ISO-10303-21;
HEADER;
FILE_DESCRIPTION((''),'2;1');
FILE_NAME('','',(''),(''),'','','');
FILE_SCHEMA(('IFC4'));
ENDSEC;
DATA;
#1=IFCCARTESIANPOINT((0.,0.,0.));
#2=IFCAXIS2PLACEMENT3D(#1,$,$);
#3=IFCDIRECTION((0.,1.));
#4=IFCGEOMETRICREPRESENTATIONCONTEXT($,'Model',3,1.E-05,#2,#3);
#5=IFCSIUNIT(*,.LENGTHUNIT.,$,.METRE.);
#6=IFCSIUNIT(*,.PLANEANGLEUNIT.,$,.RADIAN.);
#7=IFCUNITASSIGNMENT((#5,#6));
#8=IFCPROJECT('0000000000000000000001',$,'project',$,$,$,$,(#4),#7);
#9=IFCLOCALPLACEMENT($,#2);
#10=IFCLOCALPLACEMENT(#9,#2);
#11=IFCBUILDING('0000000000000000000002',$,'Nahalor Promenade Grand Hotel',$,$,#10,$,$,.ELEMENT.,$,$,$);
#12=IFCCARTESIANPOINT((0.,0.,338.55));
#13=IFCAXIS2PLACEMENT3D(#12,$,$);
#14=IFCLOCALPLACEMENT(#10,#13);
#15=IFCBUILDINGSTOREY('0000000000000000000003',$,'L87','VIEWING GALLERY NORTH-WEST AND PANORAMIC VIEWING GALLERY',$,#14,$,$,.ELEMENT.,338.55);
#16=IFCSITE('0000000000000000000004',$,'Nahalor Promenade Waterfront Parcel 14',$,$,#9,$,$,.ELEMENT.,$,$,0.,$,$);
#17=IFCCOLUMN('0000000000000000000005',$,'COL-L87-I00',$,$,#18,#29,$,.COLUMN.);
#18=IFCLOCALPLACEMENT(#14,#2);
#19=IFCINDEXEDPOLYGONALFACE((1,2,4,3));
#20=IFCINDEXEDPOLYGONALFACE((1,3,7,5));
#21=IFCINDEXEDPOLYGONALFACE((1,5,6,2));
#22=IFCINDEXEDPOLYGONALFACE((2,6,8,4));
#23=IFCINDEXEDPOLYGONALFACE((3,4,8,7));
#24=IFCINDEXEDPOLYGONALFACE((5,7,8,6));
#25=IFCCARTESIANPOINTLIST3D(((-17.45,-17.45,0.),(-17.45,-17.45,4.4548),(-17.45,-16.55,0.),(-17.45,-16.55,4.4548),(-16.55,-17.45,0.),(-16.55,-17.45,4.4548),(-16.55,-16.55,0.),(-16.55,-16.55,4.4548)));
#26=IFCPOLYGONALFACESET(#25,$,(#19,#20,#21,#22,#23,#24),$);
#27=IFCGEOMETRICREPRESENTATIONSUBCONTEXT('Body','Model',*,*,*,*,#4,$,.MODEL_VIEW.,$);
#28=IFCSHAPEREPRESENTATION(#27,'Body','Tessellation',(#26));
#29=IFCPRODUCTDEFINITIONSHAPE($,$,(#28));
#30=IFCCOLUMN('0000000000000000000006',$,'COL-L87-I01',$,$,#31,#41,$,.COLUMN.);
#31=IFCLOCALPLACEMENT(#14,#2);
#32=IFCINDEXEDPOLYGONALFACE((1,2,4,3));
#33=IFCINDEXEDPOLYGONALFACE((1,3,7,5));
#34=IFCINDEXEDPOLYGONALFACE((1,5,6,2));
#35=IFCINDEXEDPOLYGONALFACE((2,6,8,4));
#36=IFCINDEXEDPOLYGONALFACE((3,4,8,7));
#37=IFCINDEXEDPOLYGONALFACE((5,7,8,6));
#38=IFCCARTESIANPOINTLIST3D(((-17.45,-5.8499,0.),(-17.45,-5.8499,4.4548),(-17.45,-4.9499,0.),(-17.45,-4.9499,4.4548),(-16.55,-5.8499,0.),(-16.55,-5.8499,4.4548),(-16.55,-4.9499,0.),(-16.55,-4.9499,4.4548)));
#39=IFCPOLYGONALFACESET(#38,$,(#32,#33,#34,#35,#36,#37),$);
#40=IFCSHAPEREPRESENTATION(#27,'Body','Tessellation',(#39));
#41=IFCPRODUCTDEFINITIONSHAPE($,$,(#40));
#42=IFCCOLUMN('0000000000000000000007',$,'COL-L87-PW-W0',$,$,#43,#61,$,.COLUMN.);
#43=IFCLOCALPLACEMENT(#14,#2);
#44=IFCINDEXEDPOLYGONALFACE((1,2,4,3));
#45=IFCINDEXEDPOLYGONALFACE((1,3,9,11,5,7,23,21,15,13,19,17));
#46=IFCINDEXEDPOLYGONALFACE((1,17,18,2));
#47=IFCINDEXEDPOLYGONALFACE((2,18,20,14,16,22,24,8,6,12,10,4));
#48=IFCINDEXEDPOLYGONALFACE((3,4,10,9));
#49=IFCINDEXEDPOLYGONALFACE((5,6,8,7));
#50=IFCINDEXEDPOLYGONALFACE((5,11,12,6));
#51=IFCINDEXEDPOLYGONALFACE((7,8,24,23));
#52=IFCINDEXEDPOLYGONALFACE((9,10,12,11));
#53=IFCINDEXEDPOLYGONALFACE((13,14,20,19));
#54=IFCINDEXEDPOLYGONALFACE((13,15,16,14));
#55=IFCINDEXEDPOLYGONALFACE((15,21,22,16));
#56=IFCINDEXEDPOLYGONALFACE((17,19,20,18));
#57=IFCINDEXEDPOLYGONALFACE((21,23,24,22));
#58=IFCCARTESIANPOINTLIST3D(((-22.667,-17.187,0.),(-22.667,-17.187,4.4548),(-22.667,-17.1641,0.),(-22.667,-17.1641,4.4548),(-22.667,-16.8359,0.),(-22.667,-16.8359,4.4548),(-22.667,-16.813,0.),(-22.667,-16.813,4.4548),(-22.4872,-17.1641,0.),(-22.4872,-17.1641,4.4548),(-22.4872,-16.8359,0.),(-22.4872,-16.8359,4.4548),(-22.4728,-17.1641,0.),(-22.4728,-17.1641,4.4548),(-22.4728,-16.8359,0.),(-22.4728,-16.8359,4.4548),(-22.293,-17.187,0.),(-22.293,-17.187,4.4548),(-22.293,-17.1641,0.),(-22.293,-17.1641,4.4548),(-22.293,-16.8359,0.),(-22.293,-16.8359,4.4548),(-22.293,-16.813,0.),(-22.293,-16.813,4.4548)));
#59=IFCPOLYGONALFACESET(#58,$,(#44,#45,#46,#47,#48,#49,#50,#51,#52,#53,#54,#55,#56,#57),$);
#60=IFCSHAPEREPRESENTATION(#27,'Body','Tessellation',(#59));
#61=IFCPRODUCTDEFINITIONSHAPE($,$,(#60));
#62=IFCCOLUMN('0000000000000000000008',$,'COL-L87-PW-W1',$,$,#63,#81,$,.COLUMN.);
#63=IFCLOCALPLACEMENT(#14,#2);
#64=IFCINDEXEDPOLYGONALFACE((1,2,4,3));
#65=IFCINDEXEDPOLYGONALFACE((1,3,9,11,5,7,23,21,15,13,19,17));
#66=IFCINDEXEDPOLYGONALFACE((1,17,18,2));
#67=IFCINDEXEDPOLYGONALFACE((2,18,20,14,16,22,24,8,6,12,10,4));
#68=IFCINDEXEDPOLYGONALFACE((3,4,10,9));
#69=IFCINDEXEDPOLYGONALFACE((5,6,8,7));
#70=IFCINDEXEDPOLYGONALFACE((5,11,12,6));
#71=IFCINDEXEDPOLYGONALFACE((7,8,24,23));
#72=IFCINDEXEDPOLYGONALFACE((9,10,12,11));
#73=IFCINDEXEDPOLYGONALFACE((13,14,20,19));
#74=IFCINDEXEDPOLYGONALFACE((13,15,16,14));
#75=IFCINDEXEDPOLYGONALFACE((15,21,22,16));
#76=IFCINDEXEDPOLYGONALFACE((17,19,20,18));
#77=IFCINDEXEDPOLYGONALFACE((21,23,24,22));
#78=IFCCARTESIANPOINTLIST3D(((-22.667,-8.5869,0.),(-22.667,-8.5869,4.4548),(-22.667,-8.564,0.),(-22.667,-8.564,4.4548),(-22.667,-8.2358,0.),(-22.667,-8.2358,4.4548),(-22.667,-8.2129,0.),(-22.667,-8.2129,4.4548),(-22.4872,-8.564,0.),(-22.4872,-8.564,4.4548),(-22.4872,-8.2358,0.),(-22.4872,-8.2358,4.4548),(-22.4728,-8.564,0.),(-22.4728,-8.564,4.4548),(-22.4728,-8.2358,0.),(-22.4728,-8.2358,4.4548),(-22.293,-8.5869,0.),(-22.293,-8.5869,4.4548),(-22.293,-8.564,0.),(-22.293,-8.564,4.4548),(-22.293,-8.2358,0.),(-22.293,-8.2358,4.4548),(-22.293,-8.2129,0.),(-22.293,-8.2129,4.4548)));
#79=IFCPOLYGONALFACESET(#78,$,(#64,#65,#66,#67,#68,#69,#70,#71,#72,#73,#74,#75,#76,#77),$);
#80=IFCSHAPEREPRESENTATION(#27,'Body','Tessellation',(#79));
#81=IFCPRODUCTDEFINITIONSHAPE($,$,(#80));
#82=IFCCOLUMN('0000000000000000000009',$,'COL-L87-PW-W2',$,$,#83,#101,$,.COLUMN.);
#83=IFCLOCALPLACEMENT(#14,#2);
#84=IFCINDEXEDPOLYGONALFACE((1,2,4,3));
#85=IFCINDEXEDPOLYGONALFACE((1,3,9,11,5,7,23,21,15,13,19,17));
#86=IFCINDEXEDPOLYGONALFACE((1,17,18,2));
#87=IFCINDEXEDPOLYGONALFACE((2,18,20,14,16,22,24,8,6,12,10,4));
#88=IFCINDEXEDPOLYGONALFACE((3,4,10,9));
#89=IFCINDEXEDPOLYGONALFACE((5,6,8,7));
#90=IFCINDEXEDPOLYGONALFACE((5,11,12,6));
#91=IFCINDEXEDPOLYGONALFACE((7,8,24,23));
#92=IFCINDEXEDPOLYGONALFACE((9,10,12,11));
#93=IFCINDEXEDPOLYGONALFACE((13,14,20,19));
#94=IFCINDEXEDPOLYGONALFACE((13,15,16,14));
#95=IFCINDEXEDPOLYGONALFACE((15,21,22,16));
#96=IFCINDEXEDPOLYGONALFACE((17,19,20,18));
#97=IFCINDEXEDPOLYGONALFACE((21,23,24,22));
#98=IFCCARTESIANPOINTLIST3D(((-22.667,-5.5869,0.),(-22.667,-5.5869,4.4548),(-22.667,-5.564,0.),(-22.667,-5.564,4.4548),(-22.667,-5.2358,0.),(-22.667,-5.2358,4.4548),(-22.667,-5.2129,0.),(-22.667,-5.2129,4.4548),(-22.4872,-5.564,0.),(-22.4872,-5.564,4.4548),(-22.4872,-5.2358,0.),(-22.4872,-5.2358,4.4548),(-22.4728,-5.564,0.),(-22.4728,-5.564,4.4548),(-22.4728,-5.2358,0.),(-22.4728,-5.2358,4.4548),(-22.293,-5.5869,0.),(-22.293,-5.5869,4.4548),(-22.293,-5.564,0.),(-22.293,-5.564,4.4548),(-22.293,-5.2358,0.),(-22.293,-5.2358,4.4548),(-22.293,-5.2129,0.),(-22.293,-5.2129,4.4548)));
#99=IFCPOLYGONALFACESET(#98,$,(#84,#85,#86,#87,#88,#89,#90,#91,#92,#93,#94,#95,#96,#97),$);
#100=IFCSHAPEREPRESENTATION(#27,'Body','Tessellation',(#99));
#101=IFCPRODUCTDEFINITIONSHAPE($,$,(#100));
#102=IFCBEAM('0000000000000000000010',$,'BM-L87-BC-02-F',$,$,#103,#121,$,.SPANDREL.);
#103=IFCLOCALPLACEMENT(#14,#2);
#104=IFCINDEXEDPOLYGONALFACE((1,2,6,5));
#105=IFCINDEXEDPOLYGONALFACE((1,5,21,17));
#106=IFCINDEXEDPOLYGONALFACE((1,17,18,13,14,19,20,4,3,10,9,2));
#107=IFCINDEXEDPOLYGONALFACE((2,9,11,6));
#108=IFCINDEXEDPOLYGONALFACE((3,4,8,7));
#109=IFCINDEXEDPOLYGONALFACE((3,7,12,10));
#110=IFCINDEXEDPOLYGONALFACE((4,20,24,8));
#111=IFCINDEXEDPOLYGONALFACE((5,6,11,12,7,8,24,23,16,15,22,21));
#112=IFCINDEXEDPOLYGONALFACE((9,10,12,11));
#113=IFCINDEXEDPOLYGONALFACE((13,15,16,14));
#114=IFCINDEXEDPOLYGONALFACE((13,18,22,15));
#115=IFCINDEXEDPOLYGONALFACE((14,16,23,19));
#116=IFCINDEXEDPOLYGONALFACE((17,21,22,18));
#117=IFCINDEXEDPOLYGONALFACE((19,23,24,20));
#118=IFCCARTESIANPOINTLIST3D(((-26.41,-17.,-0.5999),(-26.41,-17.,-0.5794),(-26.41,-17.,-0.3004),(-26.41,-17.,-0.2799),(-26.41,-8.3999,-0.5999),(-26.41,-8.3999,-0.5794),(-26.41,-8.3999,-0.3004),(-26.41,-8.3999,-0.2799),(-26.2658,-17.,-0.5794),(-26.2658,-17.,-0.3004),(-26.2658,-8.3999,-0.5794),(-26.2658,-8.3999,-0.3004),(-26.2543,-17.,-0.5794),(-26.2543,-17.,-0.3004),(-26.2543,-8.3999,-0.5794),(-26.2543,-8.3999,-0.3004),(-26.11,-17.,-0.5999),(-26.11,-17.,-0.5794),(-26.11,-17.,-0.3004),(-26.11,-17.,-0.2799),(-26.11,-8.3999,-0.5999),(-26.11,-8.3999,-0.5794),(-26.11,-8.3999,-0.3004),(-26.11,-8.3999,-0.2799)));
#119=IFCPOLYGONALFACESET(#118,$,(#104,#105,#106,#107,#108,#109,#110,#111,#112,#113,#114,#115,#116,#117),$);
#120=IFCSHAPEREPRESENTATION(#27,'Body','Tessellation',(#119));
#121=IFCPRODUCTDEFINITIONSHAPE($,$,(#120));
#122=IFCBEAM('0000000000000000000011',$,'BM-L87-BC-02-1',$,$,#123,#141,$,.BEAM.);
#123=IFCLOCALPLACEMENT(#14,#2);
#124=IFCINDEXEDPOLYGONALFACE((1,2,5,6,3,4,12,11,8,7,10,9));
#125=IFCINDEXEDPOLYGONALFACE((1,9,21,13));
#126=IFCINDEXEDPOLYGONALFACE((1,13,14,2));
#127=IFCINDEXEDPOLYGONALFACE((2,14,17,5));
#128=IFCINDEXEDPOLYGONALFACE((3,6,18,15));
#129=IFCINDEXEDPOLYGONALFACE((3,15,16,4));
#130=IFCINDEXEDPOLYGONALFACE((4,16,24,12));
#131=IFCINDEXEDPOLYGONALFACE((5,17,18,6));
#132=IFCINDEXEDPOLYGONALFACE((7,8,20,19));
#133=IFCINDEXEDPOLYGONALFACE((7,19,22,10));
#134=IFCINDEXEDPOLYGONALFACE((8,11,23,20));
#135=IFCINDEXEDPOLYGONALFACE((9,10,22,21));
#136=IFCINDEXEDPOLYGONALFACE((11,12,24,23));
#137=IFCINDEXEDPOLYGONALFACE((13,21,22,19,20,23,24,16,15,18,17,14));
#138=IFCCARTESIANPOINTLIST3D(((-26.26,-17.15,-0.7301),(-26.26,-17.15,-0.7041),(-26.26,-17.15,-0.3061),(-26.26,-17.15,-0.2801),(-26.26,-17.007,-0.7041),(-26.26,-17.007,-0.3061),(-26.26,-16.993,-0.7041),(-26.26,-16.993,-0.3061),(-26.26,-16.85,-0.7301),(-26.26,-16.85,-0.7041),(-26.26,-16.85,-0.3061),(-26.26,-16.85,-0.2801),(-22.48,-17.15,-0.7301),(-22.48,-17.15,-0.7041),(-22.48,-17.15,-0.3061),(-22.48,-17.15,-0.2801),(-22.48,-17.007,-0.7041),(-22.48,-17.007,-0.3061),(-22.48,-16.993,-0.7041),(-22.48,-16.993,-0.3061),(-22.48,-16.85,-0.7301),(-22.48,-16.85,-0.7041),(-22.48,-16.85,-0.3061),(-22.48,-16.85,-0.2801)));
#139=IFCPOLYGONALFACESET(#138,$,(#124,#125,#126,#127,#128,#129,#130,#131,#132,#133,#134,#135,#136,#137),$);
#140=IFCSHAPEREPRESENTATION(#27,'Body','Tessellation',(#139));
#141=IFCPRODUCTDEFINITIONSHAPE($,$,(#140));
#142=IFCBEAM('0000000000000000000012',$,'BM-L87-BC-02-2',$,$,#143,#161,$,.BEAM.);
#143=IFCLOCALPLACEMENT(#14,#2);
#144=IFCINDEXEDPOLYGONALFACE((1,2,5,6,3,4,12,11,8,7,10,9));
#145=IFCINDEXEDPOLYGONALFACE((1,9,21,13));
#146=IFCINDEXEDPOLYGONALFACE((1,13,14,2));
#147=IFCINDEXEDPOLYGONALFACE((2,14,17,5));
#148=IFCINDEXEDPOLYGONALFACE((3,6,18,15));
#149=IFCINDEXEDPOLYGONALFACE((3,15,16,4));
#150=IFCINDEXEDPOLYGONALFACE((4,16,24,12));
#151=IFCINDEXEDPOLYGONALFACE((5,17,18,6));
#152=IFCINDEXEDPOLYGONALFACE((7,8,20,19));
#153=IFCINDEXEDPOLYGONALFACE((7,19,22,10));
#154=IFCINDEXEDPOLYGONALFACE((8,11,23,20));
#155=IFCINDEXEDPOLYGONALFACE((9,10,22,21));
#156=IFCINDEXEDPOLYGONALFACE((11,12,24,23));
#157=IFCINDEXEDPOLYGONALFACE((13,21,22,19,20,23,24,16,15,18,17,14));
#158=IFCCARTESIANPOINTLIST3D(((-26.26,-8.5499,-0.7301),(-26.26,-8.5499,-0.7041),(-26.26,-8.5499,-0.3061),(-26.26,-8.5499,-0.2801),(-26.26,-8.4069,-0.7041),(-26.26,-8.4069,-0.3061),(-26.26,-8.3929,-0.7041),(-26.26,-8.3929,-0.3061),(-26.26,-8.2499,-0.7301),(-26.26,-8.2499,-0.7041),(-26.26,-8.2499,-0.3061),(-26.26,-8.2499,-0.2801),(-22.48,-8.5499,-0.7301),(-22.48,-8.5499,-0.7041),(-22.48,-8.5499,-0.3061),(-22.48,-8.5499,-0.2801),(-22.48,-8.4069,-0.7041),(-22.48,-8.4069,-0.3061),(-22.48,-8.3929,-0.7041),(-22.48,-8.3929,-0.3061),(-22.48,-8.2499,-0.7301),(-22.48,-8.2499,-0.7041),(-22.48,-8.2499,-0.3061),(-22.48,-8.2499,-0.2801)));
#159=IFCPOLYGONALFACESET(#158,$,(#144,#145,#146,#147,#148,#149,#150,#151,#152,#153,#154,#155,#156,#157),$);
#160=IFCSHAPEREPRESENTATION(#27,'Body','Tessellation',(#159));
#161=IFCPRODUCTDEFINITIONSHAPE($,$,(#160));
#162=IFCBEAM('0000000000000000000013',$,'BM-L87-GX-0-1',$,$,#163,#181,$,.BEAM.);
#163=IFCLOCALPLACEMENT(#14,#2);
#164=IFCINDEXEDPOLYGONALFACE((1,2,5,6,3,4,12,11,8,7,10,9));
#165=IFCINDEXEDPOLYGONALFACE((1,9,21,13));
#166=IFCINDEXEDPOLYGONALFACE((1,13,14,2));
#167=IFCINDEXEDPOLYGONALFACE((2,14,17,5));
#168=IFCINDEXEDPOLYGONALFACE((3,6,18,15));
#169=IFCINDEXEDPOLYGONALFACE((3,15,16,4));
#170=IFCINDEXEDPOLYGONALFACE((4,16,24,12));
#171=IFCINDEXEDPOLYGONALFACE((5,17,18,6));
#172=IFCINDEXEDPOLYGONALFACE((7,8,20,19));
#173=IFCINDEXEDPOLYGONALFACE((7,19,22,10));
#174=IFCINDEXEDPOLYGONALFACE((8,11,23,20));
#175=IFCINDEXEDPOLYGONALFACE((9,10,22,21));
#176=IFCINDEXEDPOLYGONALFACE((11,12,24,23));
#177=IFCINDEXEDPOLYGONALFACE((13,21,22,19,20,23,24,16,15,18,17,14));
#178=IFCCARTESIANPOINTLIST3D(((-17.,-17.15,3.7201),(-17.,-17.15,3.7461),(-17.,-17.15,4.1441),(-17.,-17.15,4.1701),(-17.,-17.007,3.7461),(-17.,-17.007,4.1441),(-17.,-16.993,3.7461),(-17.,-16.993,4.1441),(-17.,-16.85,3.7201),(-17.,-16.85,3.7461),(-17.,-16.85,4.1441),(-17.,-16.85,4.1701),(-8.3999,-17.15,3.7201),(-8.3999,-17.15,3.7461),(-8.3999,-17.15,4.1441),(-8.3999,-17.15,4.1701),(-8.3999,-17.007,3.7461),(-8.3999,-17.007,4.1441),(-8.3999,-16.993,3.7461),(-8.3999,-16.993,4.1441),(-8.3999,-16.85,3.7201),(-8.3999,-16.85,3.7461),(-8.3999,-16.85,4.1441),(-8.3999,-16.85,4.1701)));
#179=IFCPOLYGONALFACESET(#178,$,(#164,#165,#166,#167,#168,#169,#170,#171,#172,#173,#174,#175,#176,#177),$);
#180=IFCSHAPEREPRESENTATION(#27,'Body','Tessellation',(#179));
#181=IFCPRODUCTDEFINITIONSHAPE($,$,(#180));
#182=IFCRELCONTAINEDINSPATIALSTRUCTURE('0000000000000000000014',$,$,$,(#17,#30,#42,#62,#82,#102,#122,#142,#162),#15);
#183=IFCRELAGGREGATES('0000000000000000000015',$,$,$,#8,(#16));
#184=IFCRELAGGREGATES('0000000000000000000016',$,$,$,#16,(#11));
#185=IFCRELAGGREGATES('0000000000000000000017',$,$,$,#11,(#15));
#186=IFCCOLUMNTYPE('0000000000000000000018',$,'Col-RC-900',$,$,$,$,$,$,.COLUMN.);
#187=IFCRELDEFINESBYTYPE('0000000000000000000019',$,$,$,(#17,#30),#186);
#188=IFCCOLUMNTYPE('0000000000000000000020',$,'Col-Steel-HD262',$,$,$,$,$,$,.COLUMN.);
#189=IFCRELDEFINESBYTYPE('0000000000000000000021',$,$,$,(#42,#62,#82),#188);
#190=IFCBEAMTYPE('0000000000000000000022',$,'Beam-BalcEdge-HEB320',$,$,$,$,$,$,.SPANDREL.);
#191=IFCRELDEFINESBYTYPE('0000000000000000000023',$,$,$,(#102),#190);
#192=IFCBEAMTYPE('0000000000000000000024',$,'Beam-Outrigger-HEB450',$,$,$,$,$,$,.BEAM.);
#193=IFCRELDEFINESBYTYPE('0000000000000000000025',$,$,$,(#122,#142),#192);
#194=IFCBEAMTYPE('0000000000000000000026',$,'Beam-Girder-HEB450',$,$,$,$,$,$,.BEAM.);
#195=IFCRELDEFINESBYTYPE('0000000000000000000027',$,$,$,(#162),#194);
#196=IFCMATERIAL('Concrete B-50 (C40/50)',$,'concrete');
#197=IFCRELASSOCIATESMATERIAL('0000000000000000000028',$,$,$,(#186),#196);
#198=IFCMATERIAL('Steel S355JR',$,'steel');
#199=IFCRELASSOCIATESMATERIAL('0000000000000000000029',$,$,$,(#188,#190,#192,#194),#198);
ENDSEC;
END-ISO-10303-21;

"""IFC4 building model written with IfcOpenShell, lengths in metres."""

from ifc_helpers import new_model, si_unit, direction, frame, origin, origin_2d, place, context, subcontext, project, spatial, rectangle, i_section, extrude, source, transform, mapped, material, material_profile, profile_set, type_object, element, save


model = new_model("IFC4")

# Units and contexts
model_context = context("Model", 3, precision=1e-05, world=origin(), true_north=direction((0.0, 1.0)))
body_context = subcontext(model_context, "Body", "Model", "MODEL_VIEW")
ifc_project = project(units=[si_unit("LENGTHUNIT", "METRE"), si_unit("PLANEANGLEUNIT", "RADIAN")], contexts=[model_context])

# Site, building, storey
site_placement = place(None, origin())
site = spatial("IfcSite", under=ifc_project, at=site_placement, Name="Nahalor Promenade Waterfront Parcel 14", CompositionType="ELEMENT", RefElevation=0.0)
building_placement = place(site_placement, origin())
building = spatial("IfcBuilding", under=site, at=building_placement, Name="Nahalor Promenade Grand Hotel", CompositionType="ELEMENT")
storey_placement = place(building_placement, frame((0.0, 0.0, 338.55)))
storey = spatial("IfcBuildingStorey", under=building, at=storey_placement, Name="L87", Description="VIEWING GALLERY NORTH-WEST AND PANORAMIC VIEWING GALLERY", CompositionType="ELEMENT", Elevation=338.55)

# Columns
ifc_material_1 = material(Name="Concrete B-50 (C40/50)", Category="concrete")
ifc_material_profile_1 = material_profile(ifc_material_1, rectangle(XDim=0.9, YDim=0.9, at=origin_2d()), Name="RC 900x900")
ifc_profile_set_1 = profile_set([ifc_material_profile_1], Name="Concrete B-50 (C40/50)")
column_type_1 = type_object("IfcColumnType", Name="Col-RC-900", PredefinedType="COLUMN", material=ifc_profile_set_1)
shared_shape_1 = source(origin(), body_context, "Body", "SweptSolid", [
    extrude(rectangle(XDim=0.9, YDim=0.9, at=origin_2d()), origin(), (0.0, 0.0, 1.0), 4.4548),
])
for number, where, z_axis, x_axis, name in (
    (1, (-17.0, -17.0, 0.0), (0.0, 0.0, 1.0), (1.0, 0.0, 0.0), "COL-L87-I00"),
    (2, (-17.0, -5.3999, 0.0), (0.0, 0.0, 1.0), (1.0, 0.0, 0.0), "COL-L87-I01"),
):
    element("IfcColumn", number, at=place(storey_placement, frame(where, z_axis=z_axis, x_axis=x_axis)), inside=storey, type_object=column_type_1, Name=name, PredefinedType="COLUMN", context=body_context, shape_type="MappedRepresentation", body=[
        mapped(shared_shape_1, transform((0.0, 0.0, 0.0), scale=1.0)),
    ])
ifc_material_2 = material(Name="Steel S355JR", Category="steel")
ifc_material_profile_2 = material_profile(ifc_material_2, i_section(OverallWidth=0.374, OverallDepth=0.374, WebThickness=0.0144, FlangeThickness=0.0229, at=origin_2d()), Name="HD 360x262")
ifc_profile_set_2 = profile_set([ifc_material_profile_2], Name="Steel S355JR")
column_type_2 = type_object("IfcColumnType", Name="Col-Steel-HD262", PredefinedType="COLUMN", material=ifc_profile_set_2)
shared_shape_2 = source(origin(), body_context, "Body", "SweptSolid", [
    extrude(i_section(OverallWidth=0.374, OverallDepth=0.374, WebThickness=0.0144, FlangeThickness=0.0229, at=origin_2d()), origin(), (0.0, 0.0, 1.0), 4.4548),
])
for number, where, z_axis, x_axis, name in (
    (3, (-22.48, -17.0, 0.0), (0.0, 0.0, 1.0), (1.0, 0.0, 0.0), "COL-L87-PW-W0"),
    (4, (-22.48, -8.3999, 0.0), (0.0, 0.0, 1.0), (1.0, 0.0, 0.0), "COL-L87-PW-W1"),
    (5, (-22.48, -5.3999, 0.0), (0.0, 0.0, 1.0), (1.0, 0.0, 0.0), "COL-L87-PW-W2"),
):
    element("IfcColumn", number, at=place(storey_placement, frame(where, z_axis=z_axis, x_axis=x_axis)), inside=storey, type_object=column_type_2, Name=name, PredefinedType="COLUMN", context=body_context, shape_type="MappedRepresentation", body=[
        mapped(shared_shape_2, transform((0.0, 0.0, 0.0), scale=1.0)),
    ])

# Beams
ifc_material_profile_3 = material_profile(ifc_material_2, i_section(OverallWidth=0.3, OverallDepth=0.32, WebThickness=0.0115, FlangeThickness=0.0205, at=origin_2d()), Name="HEB 320")
ifc_profile_set_3 = profile_set([ifc_material_profile_3], Name="Steel S355JR")
beam_type_1 = type_object("IfcBeamType", Name="Beam-BalcEdge-HEB320", PredefinedType="SPANDREL", material=ifc_profile_set_3)
shared_shape_3 = source(origin(), body_context, "Body", "SweptSolid", [
    extrude(i_section(OverallWidth=0.3, OverallDepth=0.32, WebThickness=0.0115, FlangeThickness=0.0205, at=origin_2d()), origin(), (0.0, 0.0, 1.0), 8.6001),
])
beam_1_placement = place(storey_placement, frame((-26.26, -17.0, -0.4399), z_axis=(0.0, 1.0, 0.0), x_axis=(-1.0, 0.0, 0.0)))
element("IfcBeam", 6, at=beam_1_placement, inside=storey, type_object=beam_type_1, Name="BM-L87-BC-02-F", PredefinedType="SPANDREL", context=body_context, shape_type="MappedRepresentation", body=[
    mapped(shared_shape_3, transform((0.0, 0.0, 0.0), scale=1.0)),
])
ifc_material_profile_4 = material_profile(ifc_material_2, i_section(OverallWidth=0.3, OverallDepth=0.45, WebThickness=0.014, FlangeThickness=0.026, at=origin_2d()), Name="HEB 450")
ifc_profile_set_4 = profile_set([ifc_material_profile_4], Name="Steel S355JR")
beam_type_2 = type_object("IfcBeamType", Name="Beam-Outrigger-HEB450", PredefinedType="BEAM", material=ifc_profile_set_4)
shared_shape_4 = source(origin(), body_context, "Body", "SweptSolid", [
    extrude(i_section(OverallWidth=0.3, OverallDepth=0.45, WebThickness=0.014, FlangeThickness=0.026, at=origin_2d()), origin(), (0.0, 0.0, 1.0), 3.78),
])
for number, where, z_axis, x_axis, name in (
    (7, (-26.26, -17.0, -0.5051), (1.0, 0.0, 0.0), (0.0, 1.0, 0.0), "BM-L87-BC-02-1"),
    (8, (-26.26, -8.3999, -0.5051), (1.0, 0.0, 0.0), (0.0, 1.0, 0.0), "BM-L87-BC-02-2"),
):
    element("IfcBeam", number, at=place(storey_placement, frame(where, z_axis=z_axis, x_axis=x_axis)), inside=storey, type_object=beam_type_2, Name=name, PredefinedType="BEAM", context=body_context, shape_type="MappedRepresentation", body=[
        mapped(shared_shape_4, transform((0.0, 0.0, 0.0), scale=1.0)),
    ])
ifc_material_profile_5 = material_profile(ifc_material_2, i_section(OverallWidth=0.3, OverallDepth=0.45, WebThickness=0.014, FlangeThickness=0.026, at=origin_2d()), Name="HEB 450")
ifc_profile_set_5 = profile_set([ifc_material_profile_5], Name="Steel S355JR")
beam_type_3 = type_object("IfcBeamType", Name="Beam-Girder-HEB450", PredefinedType="BEAM", material=ifc_profile_set_5)
shared_shape_5 = source(origin(), body_context, "Body", "SweptSolid", [
    extrude(i_section(OverallWidth=0.3, OverallDepth=0.45, WebThickness=0.014, FlangeThickness=0.026, at=origin_2d()), origin(), (0.0, 0.0, 1.0), 8.6001),
])
for number, where, z_axis, x_axis, name in (
    (9, (-17.0, -17.0, 3.9451), (1.0, 0.0, 0.0), (0.0, 1.0, 0.0), "BM-L87-GX-0-1"),
):
    element("IfcBeam", number, at=place(storey_placement, frame(where, z_axis=z_axis, x_axis=x_axis)), inside=storey, type_object=beam_type_3, Name=name, PredefinedType="BEAM", context=body_context, shape_type="MappedRepresentation", body=[
        mapped(shared_shape_5, transform((0.0, 0.0, 0.0), scale=1.0)),
    ])

save(model, "model.ifc")
